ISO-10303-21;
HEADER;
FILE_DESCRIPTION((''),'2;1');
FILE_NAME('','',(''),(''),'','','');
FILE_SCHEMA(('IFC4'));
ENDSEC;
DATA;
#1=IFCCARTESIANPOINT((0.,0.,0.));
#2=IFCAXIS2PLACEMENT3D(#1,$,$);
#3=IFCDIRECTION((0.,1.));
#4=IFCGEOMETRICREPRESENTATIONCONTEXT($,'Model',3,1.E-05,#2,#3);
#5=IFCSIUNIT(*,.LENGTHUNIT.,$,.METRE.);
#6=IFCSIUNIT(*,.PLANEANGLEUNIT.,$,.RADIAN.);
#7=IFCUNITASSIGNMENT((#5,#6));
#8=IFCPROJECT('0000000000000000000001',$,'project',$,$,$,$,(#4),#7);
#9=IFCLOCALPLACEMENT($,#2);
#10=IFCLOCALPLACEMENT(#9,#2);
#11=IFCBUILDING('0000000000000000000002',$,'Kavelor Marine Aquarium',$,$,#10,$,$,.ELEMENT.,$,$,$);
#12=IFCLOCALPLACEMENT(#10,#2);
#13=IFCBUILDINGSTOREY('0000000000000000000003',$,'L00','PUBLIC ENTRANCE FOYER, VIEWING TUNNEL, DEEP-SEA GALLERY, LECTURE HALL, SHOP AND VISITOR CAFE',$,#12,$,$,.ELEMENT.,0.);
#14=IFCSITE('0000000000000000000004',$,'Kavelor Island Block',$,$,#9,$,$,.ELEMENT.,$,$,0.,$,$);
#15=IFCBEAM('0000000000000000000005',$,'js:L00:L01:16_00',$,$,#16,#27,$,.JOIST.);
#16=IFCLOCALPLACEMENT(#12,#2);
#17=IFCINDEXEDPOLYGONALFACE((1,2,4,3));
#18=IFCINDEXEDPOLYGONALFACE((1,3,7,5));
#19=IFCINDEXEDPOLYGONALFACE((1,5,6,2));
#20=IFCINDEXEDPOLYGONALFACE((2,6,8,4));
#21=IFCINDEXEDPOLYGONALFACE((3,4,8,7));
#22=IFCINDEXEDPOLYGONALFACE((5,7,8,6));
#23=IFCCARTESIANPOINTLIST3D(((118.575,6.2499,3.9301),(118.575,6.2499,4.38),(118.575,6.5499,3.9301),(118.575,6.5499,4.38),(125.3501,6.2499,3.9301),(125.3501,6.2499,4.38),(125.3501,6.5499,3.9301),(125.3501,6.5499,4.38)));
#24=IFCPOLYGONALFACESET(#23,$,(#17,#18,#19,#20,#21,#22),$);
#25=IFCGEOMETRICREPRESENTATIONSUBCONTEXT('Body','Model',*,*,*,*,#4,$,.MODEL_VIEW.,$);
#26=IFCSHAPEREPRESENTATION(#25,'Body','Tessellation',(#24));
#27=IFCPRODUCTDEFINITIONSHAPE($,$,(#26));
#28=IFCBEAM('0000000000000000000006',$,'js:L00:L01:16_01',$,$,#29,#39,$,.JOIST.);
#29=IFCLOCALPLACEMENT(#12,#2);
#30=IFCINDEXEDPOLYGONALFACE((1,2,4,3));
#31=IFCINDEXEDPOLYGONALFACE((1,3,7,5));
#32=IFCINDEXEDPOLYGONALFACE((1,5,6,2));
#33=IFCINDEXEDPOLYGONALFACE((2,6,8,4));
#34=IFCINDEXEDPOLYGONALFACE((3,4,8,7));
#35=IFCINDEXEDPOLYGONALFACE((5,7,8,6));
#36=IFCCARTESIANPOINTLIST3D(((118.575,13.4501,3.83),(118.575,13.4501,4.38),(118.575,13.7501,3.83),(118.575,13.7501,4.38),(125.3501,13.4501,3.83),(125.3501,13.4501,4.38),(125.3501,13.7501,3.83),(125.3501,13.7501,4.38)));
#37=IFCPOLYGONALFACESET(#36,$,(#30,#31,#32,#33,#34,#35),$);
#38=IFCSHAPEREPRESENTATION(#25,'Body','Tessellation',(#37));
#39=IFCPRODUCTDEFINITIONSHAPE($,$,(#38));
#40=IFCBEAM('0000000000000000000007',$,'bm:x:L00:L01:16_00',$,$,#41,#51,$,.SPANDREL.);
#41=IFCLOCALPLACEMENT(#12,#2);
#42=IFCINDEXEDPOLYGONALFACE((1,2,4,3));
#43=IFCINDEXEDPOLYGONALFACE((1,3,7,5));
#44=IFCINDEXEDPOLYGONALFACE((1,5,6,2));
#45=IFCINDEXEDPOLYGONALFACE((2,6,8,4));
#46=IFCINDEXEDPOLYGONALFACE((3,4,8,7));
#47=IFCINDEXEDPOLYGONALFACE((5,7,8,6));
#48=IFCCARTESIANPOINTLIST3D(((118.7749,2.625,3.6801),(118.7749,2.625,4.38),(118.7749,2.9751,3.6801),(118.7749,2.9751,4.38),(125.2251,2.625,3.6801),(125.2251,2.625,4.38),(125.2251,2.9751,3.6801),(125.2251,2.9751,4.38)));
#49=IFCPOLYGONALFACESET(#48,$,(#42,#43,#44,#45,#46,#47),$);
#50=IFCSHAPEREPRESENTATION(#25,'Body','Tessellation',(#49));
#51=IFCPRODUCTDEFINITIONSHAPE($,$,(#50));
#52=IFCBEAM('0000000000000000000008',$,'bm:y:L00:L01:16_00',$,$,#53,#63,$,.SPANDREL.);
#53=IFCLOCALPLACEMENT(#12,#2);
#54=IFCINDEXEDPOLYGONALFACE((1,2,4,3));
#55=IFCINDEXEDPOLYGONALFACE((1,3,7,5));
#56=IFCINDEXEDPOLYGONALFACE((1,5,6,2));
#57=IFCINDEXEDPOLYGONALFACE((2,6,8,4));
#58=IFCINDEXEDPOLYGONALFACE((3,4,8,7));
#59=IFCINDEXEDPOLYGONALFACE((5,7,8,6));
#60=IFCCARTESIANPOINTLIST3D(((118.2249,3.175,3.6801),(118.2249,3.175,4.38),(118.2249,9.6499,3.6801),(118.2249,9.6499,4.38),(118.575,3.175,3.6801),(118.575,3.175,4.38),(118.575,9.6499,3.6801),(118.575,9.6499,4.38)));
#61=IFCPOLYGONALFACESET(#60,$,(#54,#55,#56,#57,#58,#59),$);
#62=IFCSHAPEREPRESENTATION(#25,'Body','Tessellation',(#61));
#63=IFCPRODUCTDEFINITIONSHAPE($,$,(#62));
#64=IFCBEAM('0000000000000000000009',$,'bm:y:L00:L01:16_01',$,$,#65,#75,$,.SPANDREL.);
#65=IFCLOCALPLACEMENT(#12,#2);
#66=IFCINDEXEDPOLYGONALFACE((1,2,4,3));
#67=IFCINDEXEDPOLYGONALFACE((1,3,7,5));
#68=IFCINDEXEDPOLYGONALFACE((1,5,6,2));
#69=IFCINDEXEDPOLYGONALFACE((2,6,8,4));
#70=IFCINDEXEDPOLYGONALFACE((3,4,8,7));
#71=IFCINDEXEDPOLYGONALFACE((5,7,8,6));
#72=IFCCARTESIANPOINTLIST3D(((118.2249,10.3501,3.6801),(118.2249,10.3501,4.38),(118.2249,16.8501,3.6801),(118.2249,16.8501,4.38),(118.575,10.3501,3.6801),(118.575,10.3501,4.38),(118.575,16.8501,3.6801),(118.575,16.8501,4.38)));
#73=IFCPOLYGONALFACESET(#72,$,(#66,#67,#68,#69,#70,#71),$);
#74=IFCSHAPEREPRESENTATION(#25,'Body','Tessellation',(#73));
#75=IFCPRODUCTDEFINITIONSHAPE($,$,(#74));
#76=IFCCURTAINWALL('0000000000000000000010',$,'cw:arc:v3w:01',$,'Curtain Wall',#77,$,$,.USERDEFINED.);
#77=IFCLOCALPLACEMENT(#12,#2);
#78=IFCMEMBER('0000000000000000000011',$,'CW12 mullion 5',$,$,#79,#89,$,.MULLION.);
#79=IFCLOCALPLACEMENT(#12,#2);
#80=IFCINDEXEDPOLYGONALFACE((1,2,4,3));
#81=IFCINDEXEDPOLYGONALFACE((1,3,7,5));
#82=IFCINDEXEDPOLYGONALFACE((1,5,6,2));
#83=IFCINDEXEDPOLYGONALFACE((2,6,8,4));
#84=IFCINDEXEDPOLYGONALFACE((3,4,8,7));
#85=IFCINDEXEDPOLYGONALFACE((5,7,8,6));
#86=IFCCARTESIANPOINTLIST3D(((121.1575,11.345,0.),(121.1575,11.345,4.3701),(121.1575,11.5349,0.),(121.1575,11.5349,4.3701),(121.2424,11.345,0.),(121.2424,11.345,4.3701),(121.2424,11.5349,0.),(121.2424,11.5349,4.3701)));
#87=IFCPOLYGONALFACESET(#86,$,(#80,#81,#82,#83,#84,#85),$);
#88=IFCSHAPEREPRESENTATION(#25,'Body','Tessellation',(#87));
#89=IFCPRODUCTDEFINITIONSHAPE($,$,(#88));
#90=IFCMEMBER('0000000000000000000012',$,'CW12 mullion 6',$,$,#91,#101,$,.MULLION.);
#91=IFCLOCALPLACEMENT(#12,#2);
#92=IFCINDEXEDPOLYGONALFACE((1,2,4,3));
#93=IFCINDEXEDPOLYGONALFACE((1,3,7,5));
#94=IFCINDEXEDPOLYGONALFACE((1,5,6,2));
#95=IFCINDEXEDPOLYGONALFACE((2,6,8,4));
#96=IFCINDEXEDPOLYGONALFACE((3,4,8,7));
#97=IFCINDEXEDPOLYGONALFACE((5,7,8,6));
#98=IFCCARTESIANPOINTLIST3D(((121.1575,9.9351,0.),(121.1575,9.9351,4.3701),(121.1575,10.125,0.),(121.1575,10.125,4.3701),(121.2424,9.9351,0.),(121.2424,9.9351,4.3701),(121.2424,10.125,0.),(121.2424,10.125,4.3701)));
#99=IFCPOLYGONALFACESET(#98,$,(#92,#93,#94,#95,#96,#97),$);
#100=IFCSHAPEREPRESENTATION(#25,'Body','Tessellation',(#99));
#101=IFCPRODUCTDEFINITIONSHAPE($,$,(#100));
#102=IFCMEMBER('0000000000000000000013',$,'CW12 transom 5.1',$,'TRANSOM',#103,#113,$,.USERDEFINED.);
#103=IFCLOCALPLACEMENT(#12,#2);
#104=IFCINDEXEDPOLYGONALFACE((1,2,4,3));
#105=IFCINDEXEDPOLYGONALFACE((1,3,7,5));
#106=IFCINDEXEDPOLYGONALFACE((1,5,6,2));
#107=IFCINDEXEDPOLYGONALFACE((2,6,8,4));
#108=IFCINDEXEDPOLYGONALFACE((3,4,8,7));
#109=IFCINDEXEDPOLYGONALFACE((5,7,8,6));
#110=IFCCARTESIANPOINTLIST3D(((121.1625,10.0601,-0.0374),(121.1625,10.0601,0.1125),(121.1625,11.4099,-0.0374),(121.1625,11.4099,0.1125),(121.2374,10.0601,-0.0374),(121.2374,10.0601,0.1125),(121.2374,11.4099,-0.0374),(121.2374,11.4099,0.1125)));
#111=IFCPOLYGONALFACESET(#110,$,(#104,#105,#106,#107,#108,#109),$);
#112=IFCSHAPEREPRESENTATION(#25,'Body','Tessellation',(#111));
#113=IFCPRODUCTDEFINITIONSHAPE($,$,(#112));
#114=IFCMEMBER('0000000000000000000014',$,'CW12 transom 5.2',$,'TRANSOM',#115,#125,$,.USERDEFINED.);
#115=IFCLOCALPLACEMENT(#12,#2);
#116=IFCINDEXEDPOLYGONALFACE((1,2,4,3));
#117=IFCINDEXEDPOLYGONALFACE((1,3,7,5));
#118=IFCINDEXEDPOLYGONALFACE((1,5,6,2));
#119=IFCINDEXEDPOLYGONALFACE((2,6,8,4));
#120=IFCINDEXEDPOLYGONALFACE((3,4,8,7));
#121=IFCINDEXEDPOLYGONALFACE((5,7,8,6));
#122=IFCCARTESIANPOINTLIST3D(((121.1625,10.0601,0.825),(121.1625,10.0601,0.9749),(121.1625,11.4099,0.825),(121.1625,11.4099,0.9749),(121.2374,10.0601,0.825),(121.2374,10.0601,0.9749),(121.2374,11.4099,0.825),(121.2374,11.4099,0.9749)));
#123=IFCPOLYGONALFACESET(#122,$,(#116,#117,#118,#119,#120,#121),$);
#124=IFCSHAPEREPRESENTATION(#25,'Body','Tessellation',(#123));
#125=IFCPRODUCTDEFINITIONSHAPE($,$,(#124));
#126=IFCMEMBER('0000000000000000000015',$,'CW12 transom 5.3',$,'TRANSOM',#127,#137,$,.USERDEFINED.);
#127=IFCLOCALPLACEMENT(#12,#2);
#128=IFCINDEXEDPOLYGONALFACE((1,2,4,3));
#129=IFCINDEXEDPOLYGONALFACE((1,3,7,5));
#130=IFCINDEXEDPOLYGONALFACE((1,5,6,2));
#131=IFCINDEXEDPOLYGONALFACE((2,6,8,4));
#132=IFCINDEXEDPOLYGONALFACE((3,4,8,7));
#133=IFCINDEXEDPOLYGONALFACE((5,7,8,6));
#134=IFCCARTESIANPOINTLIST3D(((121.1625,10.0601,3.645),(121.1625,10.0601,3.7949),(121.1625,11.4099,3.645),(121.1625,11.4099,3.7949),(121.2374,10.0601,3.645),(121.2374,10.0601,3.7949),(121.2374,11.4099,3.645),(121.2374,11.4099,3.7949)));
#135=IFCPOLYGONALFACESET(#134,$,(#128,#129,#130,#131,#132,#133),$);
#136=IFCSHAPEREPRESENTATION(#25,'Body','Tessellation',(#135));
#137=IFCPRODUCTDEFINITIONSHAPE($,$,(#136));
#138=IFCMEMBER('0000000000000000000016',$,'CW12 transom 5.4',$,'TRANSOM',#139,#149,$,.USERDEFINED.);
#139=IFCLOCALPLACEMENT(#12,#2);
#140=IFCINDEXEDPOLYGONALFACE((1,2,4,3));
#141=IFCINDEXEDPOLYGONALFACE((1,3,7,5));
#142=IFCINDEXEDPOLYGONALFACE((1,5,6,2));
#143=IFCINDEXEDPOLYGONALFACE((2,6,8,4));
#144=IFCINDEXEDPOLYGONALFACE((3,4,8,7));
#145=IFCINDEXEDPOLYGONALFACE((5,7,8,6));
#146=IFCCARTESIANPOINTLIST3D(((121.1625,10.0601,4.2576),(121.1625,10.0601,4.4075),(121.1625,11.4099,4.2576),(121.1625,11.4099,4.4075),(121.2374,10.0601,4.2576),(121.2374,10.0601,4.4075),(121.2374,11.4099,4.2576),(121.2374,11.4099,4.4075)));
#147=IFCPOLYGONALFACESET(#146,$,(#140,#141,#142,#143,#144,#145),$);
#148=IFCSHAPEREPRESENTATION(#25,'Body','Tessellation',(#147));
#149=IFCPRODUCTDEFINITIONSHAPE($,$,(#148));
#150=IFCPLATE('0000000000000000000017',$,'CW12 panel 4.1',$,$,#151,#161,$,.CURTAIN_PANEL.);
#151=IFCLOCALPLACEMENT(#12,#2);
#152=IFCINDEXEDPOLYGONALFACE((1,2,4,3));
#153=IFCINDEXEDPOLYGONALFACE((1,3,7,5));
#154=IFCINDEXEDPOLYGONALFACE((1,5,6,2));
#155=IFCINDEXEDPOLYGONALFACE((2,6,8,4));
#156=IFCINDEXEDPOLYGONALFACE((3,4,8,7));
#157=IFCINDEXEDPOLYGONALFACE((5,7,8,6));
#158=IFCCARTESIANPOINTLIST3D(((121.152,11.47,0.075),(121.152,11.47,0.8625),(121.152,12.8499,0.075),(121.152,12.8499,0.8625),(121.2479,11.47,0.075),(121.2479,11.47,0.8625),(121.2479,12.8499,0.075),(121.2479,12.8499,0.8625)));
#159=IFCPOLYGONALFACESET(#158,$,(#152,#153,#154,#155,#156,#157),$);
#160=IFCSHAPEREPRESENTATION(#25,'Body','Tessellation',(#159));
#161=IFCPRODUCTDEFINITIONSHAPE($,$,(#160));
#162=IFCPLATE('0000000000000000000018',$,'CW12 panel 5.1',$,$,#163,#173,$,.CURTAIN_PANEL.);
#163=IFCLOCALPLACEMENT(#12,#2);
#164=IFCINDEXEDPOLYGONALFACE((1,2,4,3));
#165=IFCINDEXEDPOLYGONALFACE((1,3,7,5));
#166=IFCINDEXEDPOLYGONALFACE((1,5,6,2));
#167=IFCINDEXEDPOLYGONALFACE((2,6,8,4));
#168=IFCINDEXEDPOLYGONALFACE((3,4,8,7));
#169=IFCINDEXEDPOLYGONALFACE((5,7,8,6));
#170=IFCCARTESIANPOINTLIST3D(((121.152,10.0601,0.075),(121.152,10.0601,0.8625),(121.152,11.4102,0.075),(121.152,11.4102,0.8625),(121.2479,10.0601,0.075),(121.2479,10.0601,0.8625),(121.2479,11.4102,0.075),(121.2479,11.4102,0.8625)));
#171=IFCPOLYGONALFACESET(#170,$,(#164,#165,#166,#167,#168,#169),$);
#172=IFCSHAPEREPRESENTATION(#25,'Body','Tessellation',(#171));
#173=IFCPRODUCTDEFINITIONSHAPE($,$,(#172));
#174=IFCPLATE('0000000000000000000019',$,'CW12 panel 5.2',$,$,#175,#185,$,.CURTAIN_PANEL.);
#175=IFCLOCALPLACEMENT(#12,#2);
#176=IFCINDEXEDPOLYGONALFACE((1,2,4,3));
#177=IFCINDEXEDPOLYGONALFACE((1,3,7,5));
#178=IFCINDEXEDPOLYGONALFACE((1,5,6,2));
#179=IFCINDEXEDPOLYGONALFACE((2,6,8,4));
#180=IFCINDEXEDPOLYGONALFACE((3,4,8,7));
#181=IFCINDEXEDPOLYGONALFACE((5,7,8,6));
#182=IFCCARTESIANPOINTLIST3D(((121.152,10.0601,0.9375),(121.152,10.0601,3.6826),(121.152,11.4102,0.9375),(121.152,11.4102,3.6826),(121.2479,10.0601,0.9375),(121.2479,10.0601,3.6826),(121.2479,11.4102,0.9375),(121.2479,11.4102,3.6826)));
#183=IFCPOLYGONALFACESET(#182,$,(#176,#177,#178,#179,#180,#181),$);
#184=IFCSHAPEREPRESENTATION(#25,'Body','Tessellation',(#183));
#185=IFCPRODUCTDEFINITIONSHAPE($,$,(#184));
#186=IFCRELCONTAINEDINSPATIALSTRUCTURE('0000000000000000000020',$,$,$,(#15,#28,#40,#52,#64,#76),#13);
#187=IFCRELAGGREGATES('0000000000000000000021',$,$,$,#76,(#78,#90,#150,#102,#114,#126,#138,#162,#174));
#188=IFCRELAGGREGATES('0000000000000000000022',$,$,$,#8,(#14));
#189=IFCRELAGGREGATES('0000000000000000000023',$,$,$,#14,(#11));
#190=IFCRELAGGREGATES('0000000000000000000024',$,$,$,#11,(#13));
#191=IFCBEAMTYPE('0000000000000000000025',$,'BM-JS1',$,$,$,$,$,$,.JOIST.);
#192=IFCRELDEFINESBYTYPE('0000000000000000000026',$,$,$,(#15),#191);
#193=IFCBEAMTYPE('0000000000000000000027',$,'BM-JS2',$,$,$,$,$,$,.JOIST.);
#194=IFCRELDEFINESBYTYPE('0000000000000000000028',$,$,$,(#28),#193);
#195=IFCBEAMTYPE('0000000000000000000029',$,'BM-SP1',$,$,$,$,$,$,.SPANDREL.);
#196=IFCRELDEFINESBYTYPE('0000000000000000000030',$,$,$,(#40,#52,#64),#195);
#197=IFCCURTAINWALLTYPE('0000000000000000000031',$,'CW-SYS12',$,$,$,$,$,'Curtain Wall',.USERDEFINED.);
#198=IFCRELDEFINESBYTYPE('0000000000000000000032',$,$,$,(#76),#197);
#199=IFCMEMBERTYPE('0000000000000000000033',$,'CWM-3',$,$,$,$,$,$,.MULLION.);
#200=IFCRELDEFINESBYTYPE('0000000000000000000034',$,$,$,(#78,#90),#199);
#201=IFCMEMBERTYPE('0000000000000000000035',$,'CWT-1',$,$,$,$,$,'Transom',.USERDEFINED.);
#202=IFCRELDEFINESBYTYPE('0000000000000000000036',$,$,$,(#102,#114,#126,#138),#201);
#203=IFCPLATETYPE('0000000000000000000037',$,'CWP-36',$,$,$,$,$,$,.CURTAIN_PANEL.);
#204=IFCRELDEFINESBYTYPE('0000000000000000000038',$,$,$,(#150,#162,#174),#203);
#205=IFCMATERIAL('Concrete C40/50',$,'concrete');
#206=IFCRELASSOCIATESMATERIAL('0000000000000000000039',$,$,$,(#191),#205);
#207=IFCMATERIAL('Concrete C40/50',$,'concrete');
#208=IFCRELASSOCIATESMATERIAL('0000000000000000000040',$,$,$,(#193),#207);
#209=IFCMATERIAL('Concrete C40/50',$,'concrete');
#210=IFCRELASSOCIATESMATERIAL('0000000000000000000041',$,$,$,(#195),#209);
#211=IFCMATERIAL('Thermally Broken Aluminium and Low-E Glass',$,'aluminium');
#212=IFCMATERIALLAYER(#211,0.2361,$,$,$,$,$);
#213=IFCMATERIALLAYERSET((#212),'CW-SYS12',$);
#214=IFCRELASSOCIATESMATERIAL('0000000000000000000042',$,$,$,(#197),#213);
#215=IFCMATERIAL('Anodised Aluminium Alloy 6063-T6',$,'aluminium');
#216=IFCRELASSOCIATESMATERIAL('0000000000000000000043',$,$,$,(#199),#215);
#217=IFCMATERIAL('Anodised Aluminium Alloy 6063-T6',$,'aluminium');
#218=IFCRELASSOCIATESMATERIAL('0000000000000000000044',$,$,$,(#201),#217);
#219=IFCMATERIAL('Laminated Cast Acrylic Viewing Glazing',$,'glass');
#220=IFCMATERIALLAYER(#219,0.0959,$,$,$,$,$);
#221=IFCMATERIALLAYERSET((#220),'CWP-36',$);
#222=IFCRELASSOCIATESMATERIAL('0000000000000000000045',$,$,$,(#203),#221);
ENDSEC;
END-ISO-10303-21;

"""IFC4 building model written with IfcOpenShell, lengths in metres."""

from ifc_helpers import new_model, si_unit, direction, frame, origin, origin_2d, place, context, subcontext, project, spatial, rectangle, extrude, material, layer, layer_set, material_profile, profile_set, type_object, element, aggregate, save


model = new_model("IFC4")

# Units and contexts
model_context = context("Model", 3, precision=1e-05, world=origin(), true_north=direction((0.0, 1.0)))
body_context = subcontext(model_context, "Body", "Model", "MODEL_VIEW")
ifc_project = project(units=[si_unit("LENGTHUNIT", "METRE"), si_unit("PLANEANGLEUNIT", "RADIAN")], contexts=[model_context])

# Site, building, storey
site_placement = place(None, origin())
site = spatial("IfcSite", under=ifc_project, at=site_placement, Name="Kavelor Island Block", CompositionType="ELEMENT", RefElevation=0.0)
building_placement = place(site_placement, origin())
building = spatial("IfcBuilding", under=site, at=building_placement, Name="Kavelor Marine Aquarium", CompositionType="ELEMENT")
storey_placement = place(building_placement, origin())
storey = spatial("IfcBuildingStorey", under=building, at=storey_placement, Name="L00", Description="PUBLIC ENTRANCE FOYER, VIEWING TUNNEL, DEEP-SEA GALLERY, LECTURE HALL, SHOP AND VISITOR CAFE", CompositionType="ELEMENT", Elevation=0.0)

# Beams
ifc_material_1 = material(Name="Concrete C40/50", Category="concrete")
ifc_material_profile_1 = material_profile(ifc_material_1, rectangle(XDim=0.3, YDim=0.45, at=origin_2d()), Name="RC-JS 300x450")
ifc_profile_set_1 = profile_set([ifc_material_profile_1], Name="Concrete C40/50")
beam_type_1 = type_object("IfcBeamType", Name="BM-JS1", PredefinedType="JOIST", material=ifc_profile_set_1)
beam_1_placement = place(storey_placement, frame((118.575, 6.3999, 4.155), z_axis=(1.0, 0.0, 0.0), x_axis=(0.0, 1.0, 0.0)))
element("IfcBeam", 1, at=beam_1_placement, inside=storey, type_object=beam_type_1, Name="js:L00:L01:16_00", PredefinedType="JOIST", context=body_context, shape_type="SweptSolid", body=[
    extrude(rectangle(XDim=0.3, YDim=0.45, at=origin_2d()), origin(), (0.0, 0.0, 1.0), 6.7751),
])
ifc_material_2 = material(Name="Concrete C40/50", Category="concrete")
ifc_material_profile_2 = material_profile(ifc_material_2, rectangle(XDim=0.3, YDim=0.55, at=origin_2d()), Name="RC-JS 300x550")
ifc_profile_set_2 = profile_set([ifc_material_profile_2], Name="Concrete C40/50")
beam_type_2 = type_object("IfcBeamType", Name="BM-JS2", PredefinedType="JOIST", material=ifc_profile_set_2)
beam_2_placement = place(storey_placement, frame((118.575, 13.6001, 4.105), z_axis=(1.0, 0.0, 0.0), x_axis=(0.0, 1.0, 0.0)))
element("IfcBeam", 2, at=beam_2_placement, inside=storey, type_object=beam_type_2, Name="js:L00:L01:16_01", PredefinedType="JOIST", context=body_context, shape_type="SweptSolid", body=[
    extrude(rectangle(XDim=0.3, YDim=0.55, at=origin_2d()), origin(), (0.0, 0.0, 1.0), 6.7751),
])
ifc_material_3 = material(Name="Concrete C40/50", Category="concrete")
ifc_material_profile_3 = material_profile(ifc_material_3, rectangle(XDim=0.3501, YDim=0.7, at=origin_2d()), Name="RC-SP 350x700")
ifc_profile_set_3 = profile_set([ifc_material_profile_3], Name="Concrete C40/50")
beam_type_3 = type_object("IfcBeamType", Name="BM-SP1", PredefinedType="SPANDREL", material=ifc_profile_set_3)
beam_3_placement = place(storey_placement, frame((118.7749, 2.8, 4.03), z_axis=(1.0, 0.0, 0.0), x_axis=(0.0, 1.0, 0.0)))
element("IfcBeam", 3, at=beam_3_placement, inside=storey, type_object=beam_type_3, Name="bm:x:L00:L01:16_00", PredefinedType="SPANDREL", context=body_context, shape_type="SweptSolid", body=[
    extrude(rectangle(XDim=0.3501, YDim=0.7, at=origin_2d()), origin(), (0.0, 0.0, 1.0), 6.4502),
])
beam_4_placement = place(storey_placement, frame((118.3999, 3.175, 4.03), z_axis=(0.0, 1.0, 0.0), x_axis=(-1.0, 0.0, 0.0)))
element("IfcBeam", 4, at=beam_4_placement, inside=storey, type_object=beam_type_3, Name="bm:y:L00:L01:16_00", PredefinedType="SPANDREL", context=body_context, shape_type="SweptSolid", body=[
    extrude(rectangle(XDim=0.3501, YDim=0.7, at=origin_2d()), origin(), (0.0, 0.0, 1.0), 6.4749),
])
beam_5_placement = place(storey_placement, frame((118.3999, 10.3501, 4.03), z_axis=(0.0, 1.0, 0.0), x_axis=(-1.0, 0.0, 0.0)))
element("IfcBeam", 5, at=beam_5_placement, inside=storey, type_object=beam_type_3, Name="bm:y:L00:L01:16_01", PredefinedType="SPANDREL", context=body_context, shape_type="SweptSolid", body=[
    extrude(rectangle(XDim=0.3501, YDim=0.7, at=origin_2d()), origin(), (0.0, 0.0, 1.0), 6.5),
])

# Curtain wall, members, plates
ifc_material_4 = material(Name="Thermally Broken Aluminium and Low-E Glass", Category="aluminium")
ifc_layer_1 = layer(ifc_material_4, 0.2361)
ifc_layer_set_1 = layer_set([ifc_layer_1], Name="CW-SYS12")
curtain_wall_type = type_object("IfcCurtainWallType", Name="CW-SYS12", ElementType="Curtain Wall", PredefinedType="USERDEFINED", material=ifc_layer_set_1)
curtain_wall_placement = place(storey_placement, origin())
curtain_wall = element("IfcCurtainWall", 6, at=curtain_wall_placement, inside=storey, type_object=curtain_wall_type, Name="cw:arc:v3w:01", ObjectType="Curtain Wall", PredefinedType="USERDEFINED")
ifc_material_5 = material(Name="Anodised Aluminium Alloy 6063-T6", Category="aluminium")
ifc_material_profile_4 = material_profile(ifc_material_5, rectangle(XDim=0.085, YDim=0.1899, at=origin_2d()), Name="CW-MUL 85x190")
ifc_profile_set_4 = profile_set([ifc_material_profile_4], Name="Anodised Aluminium Alloy 6063-T6")
member_type_1 = type_object("IfcMemberType", Name="CWM-3", PredefinedType="MULLION", material=ifc_profile_set_4)
member_1_placement = place(storey_placement, frame((121.2, 11.4399, 0.0), z_axis=(0.0, 0.0, 1.0), x_axis=(1.0, 0.0, 0.0)))
member_1 = element("IfcMember", 7, at=member_1_placement, type_object=member_type_1, Name="CW12 mullion 5", PredefinedType="MULLION", context=body_context, shape_type="SweptSolid", body=[
    extrude(rectangle(XDim=0.085, YDim=0.1899, at=origin_2d()), origin(), (0.0, 0.0, 1.0), 4.3701),
])
member_2_placement = place(storey_placement, frame((121.2, 10.03, 0.0), z_axis=(0.0, 0.0, 1.0), x_axis=(1.0, 0.0, 0.0)))
member_2 = element("IfcMember", 8, at=member_2_placement, type_object=member_type_1, Name="CW12 mullion 6", PredefinedType="MULLION", context=body_context, shape_type="SweptSolid", body=[
    extrude(rectangle(XDim=0.085, YDim=0.1899, at=origin_2d()), origin(), (0.0, 0.0, 1.0), 4.3701),
])
ifc_material_6 = material(Name="Anodised Aluminium Alloy 6063-T6", Category="aluminium")
ifc_material_profile_5 = material_profile(ifc_material_6, rectangle(XDim=0.075, YDim=0.1499, at=origin_2d()), Name="CW-TRN 75x150")
ifc_profile_set_5 = profile_set([ifc_material_profile_5], Name="Anodised Aluminium Alloy 6063-T6")
member_type_2 = type_object("IfcMemberType", Name="CWT-1", ElementType="Transom", PredefinedType="USERDEFINED", material=ifc_profile_set_5)
member_3_placement = place(storey_placement, frame((121.2, 11.4099, 0.0376), z_axis=(0.0, -1.0, 0.0), x_axis=(1.0, 0.0, 0.0)))
member_3 = element("IfcMember", 9, at=member_3_placement, type_object=member_type_2, Name="CW12 transom 5.1", ObjectType="TRANSOM", PredefinedType="USERDEFINED", context=body_context, shape_type="SweptSolid", body=[
    extrude(rectangle(XDim=0.075, YDim=0.1499, at=origin_2d()), origin(), (0.0, 0.0, 1.0), 1.3499),
])
member_4_placement = place(storey_placement, frame((121.2, 11.4099, 0.8999), z_axis=(0.0, -1.0, 0.0), x_axis=(1.0, 0.0, 0.0)))
member_4 = element("IfcMember", 10, at=member_4_placement, type_object=member_type_2, Name="CW12 transom 5.2", ObjectType="TRANSOM", PredefinedType="USERDEFINED", context=body_context, shape_type="SweptSolid", body=[
    extrude(rectangle(XDim=0.075, YDim=0.1499, at=origin_2d()), origin(), (0.0, 0.0, 1.0), 1.3499),
])
member_5_placement = place(storey_placement, frame((121.2, 11.4099, 3.72), z_axis=(0.0, -1.0, 0.0), x_axis=(1.0, 0.0, 0.0)))
member_5 = element("IfcMember", 11, at=member_5_placement, type_object=member_type_2, Name="CW12 transom 5.3", ObjectType="TRANSOM", PredefinedType="USERDEFINED", context=body_context, shape_type="SweptSolid", body=[
    extrude(rectangle(XDim=0.075, YDim=0.1499, at=origin_2d()), origin(), (0.0, 0.0, 1.0), 1.3499),
])
member_6_placement = place(storey_placement, frame((121.2, 11.4099, 4.3325), z_axis=(0.0, -1.0, 0.0), x_axis=(1.0, 0.0, 0.0)))
member_6 = element("IfcMember", 12, at=member_6_placement, type_object=member_type_2, Name="CW12 transom 5.4", ObjectType="TRANSOM", PredefinedType="USERDEFINED", context=body_context, shape_type="SweptSolid", body=[
    extrude(rectangle(XDim=0.075, YDim=0.1499, at=origin_2d()), origin(), (0.0, 0.0, 1.0), 1.3499),
])
ifc_material_7 = material(Name="Laminated Cast Acrylic Viewing Glazing", Category="glass")
ifc_layer_2 = layer(ifc_material_7, 0.0959)
ifc_layer_set_2 = layer_set([ifc_layer_2], Name="CWP-36")
plate_type = type_object("IfcPlateType", Name="CWP-36", PredefinedType="CURTAIN_PANEL", material=ifc_layer_set_2)
plate_1_placement = place(storey_placement, frame((121.2, 12.1599, 0.075), z_axis=(0.0, 0.0, 1.0), x_axis=(0.0, -1.0, 0.0)))
plate_1 = element("IfcPlate", 13, at=plate_1_placement, type_object=plate_type, Name="CW12 panel 4.1", PredefinedType="CURTAIN_PANEL", context=body_context, shape_type="SweptSolid", body=[
    extrude(rectangle(XDim=1.3799, YDim=0.0959, at=origin_2d()), origin(), (0.0, 0.0, 1.0), 0.7876),
])
plate_2_placement = place(storey_placement, frame((121.2, 10.7351, 0.075), z_axis=(0.0, 0.0, 1.0), x_axis=(0.0, -1.0, 0.0)))
plate_2 = element("IfcPlate", 14, at=plate_2_placement, type_object=plate_type, Name="CW12 panel 5.1", PredefinedType="CURTAIN_PANEL", context=body_context, shape_type="SweptSolid", body=[
    extrude(rectangle(XDim=1.3501, YDim=0.0959, at=origin_2d()), origin(), (0.0, 0.0, 1.0), 0.7876),
])
plate_3_placement = place(storey_placement, frame((121.2, 10.7351, 0.9375), z_axis=(0.0, 0.0, 1.0), x_axis=(0.0, -1.0, 0.0)))
plate_3 = element("IfcPlate", 15, at=plate_3_placement, type_object=plate_type, Name="CW12 panel 5.2", PredefinedType="CURTAIN_PANEL", context=body_context, shape_type="SweptSolid", body=[
    extrude(rectangle(XDim=1.3501, YDim=0.0959, at=origin_2d()), origin(), (0.0, 0.0, 1.0), 2.7451),
])
aggregate(curtain_wall, [member_1, member_2, plate_1, member_3, member_4, member_5, member_6, plate_2, plate_3])

save(model, "model.ifc")
